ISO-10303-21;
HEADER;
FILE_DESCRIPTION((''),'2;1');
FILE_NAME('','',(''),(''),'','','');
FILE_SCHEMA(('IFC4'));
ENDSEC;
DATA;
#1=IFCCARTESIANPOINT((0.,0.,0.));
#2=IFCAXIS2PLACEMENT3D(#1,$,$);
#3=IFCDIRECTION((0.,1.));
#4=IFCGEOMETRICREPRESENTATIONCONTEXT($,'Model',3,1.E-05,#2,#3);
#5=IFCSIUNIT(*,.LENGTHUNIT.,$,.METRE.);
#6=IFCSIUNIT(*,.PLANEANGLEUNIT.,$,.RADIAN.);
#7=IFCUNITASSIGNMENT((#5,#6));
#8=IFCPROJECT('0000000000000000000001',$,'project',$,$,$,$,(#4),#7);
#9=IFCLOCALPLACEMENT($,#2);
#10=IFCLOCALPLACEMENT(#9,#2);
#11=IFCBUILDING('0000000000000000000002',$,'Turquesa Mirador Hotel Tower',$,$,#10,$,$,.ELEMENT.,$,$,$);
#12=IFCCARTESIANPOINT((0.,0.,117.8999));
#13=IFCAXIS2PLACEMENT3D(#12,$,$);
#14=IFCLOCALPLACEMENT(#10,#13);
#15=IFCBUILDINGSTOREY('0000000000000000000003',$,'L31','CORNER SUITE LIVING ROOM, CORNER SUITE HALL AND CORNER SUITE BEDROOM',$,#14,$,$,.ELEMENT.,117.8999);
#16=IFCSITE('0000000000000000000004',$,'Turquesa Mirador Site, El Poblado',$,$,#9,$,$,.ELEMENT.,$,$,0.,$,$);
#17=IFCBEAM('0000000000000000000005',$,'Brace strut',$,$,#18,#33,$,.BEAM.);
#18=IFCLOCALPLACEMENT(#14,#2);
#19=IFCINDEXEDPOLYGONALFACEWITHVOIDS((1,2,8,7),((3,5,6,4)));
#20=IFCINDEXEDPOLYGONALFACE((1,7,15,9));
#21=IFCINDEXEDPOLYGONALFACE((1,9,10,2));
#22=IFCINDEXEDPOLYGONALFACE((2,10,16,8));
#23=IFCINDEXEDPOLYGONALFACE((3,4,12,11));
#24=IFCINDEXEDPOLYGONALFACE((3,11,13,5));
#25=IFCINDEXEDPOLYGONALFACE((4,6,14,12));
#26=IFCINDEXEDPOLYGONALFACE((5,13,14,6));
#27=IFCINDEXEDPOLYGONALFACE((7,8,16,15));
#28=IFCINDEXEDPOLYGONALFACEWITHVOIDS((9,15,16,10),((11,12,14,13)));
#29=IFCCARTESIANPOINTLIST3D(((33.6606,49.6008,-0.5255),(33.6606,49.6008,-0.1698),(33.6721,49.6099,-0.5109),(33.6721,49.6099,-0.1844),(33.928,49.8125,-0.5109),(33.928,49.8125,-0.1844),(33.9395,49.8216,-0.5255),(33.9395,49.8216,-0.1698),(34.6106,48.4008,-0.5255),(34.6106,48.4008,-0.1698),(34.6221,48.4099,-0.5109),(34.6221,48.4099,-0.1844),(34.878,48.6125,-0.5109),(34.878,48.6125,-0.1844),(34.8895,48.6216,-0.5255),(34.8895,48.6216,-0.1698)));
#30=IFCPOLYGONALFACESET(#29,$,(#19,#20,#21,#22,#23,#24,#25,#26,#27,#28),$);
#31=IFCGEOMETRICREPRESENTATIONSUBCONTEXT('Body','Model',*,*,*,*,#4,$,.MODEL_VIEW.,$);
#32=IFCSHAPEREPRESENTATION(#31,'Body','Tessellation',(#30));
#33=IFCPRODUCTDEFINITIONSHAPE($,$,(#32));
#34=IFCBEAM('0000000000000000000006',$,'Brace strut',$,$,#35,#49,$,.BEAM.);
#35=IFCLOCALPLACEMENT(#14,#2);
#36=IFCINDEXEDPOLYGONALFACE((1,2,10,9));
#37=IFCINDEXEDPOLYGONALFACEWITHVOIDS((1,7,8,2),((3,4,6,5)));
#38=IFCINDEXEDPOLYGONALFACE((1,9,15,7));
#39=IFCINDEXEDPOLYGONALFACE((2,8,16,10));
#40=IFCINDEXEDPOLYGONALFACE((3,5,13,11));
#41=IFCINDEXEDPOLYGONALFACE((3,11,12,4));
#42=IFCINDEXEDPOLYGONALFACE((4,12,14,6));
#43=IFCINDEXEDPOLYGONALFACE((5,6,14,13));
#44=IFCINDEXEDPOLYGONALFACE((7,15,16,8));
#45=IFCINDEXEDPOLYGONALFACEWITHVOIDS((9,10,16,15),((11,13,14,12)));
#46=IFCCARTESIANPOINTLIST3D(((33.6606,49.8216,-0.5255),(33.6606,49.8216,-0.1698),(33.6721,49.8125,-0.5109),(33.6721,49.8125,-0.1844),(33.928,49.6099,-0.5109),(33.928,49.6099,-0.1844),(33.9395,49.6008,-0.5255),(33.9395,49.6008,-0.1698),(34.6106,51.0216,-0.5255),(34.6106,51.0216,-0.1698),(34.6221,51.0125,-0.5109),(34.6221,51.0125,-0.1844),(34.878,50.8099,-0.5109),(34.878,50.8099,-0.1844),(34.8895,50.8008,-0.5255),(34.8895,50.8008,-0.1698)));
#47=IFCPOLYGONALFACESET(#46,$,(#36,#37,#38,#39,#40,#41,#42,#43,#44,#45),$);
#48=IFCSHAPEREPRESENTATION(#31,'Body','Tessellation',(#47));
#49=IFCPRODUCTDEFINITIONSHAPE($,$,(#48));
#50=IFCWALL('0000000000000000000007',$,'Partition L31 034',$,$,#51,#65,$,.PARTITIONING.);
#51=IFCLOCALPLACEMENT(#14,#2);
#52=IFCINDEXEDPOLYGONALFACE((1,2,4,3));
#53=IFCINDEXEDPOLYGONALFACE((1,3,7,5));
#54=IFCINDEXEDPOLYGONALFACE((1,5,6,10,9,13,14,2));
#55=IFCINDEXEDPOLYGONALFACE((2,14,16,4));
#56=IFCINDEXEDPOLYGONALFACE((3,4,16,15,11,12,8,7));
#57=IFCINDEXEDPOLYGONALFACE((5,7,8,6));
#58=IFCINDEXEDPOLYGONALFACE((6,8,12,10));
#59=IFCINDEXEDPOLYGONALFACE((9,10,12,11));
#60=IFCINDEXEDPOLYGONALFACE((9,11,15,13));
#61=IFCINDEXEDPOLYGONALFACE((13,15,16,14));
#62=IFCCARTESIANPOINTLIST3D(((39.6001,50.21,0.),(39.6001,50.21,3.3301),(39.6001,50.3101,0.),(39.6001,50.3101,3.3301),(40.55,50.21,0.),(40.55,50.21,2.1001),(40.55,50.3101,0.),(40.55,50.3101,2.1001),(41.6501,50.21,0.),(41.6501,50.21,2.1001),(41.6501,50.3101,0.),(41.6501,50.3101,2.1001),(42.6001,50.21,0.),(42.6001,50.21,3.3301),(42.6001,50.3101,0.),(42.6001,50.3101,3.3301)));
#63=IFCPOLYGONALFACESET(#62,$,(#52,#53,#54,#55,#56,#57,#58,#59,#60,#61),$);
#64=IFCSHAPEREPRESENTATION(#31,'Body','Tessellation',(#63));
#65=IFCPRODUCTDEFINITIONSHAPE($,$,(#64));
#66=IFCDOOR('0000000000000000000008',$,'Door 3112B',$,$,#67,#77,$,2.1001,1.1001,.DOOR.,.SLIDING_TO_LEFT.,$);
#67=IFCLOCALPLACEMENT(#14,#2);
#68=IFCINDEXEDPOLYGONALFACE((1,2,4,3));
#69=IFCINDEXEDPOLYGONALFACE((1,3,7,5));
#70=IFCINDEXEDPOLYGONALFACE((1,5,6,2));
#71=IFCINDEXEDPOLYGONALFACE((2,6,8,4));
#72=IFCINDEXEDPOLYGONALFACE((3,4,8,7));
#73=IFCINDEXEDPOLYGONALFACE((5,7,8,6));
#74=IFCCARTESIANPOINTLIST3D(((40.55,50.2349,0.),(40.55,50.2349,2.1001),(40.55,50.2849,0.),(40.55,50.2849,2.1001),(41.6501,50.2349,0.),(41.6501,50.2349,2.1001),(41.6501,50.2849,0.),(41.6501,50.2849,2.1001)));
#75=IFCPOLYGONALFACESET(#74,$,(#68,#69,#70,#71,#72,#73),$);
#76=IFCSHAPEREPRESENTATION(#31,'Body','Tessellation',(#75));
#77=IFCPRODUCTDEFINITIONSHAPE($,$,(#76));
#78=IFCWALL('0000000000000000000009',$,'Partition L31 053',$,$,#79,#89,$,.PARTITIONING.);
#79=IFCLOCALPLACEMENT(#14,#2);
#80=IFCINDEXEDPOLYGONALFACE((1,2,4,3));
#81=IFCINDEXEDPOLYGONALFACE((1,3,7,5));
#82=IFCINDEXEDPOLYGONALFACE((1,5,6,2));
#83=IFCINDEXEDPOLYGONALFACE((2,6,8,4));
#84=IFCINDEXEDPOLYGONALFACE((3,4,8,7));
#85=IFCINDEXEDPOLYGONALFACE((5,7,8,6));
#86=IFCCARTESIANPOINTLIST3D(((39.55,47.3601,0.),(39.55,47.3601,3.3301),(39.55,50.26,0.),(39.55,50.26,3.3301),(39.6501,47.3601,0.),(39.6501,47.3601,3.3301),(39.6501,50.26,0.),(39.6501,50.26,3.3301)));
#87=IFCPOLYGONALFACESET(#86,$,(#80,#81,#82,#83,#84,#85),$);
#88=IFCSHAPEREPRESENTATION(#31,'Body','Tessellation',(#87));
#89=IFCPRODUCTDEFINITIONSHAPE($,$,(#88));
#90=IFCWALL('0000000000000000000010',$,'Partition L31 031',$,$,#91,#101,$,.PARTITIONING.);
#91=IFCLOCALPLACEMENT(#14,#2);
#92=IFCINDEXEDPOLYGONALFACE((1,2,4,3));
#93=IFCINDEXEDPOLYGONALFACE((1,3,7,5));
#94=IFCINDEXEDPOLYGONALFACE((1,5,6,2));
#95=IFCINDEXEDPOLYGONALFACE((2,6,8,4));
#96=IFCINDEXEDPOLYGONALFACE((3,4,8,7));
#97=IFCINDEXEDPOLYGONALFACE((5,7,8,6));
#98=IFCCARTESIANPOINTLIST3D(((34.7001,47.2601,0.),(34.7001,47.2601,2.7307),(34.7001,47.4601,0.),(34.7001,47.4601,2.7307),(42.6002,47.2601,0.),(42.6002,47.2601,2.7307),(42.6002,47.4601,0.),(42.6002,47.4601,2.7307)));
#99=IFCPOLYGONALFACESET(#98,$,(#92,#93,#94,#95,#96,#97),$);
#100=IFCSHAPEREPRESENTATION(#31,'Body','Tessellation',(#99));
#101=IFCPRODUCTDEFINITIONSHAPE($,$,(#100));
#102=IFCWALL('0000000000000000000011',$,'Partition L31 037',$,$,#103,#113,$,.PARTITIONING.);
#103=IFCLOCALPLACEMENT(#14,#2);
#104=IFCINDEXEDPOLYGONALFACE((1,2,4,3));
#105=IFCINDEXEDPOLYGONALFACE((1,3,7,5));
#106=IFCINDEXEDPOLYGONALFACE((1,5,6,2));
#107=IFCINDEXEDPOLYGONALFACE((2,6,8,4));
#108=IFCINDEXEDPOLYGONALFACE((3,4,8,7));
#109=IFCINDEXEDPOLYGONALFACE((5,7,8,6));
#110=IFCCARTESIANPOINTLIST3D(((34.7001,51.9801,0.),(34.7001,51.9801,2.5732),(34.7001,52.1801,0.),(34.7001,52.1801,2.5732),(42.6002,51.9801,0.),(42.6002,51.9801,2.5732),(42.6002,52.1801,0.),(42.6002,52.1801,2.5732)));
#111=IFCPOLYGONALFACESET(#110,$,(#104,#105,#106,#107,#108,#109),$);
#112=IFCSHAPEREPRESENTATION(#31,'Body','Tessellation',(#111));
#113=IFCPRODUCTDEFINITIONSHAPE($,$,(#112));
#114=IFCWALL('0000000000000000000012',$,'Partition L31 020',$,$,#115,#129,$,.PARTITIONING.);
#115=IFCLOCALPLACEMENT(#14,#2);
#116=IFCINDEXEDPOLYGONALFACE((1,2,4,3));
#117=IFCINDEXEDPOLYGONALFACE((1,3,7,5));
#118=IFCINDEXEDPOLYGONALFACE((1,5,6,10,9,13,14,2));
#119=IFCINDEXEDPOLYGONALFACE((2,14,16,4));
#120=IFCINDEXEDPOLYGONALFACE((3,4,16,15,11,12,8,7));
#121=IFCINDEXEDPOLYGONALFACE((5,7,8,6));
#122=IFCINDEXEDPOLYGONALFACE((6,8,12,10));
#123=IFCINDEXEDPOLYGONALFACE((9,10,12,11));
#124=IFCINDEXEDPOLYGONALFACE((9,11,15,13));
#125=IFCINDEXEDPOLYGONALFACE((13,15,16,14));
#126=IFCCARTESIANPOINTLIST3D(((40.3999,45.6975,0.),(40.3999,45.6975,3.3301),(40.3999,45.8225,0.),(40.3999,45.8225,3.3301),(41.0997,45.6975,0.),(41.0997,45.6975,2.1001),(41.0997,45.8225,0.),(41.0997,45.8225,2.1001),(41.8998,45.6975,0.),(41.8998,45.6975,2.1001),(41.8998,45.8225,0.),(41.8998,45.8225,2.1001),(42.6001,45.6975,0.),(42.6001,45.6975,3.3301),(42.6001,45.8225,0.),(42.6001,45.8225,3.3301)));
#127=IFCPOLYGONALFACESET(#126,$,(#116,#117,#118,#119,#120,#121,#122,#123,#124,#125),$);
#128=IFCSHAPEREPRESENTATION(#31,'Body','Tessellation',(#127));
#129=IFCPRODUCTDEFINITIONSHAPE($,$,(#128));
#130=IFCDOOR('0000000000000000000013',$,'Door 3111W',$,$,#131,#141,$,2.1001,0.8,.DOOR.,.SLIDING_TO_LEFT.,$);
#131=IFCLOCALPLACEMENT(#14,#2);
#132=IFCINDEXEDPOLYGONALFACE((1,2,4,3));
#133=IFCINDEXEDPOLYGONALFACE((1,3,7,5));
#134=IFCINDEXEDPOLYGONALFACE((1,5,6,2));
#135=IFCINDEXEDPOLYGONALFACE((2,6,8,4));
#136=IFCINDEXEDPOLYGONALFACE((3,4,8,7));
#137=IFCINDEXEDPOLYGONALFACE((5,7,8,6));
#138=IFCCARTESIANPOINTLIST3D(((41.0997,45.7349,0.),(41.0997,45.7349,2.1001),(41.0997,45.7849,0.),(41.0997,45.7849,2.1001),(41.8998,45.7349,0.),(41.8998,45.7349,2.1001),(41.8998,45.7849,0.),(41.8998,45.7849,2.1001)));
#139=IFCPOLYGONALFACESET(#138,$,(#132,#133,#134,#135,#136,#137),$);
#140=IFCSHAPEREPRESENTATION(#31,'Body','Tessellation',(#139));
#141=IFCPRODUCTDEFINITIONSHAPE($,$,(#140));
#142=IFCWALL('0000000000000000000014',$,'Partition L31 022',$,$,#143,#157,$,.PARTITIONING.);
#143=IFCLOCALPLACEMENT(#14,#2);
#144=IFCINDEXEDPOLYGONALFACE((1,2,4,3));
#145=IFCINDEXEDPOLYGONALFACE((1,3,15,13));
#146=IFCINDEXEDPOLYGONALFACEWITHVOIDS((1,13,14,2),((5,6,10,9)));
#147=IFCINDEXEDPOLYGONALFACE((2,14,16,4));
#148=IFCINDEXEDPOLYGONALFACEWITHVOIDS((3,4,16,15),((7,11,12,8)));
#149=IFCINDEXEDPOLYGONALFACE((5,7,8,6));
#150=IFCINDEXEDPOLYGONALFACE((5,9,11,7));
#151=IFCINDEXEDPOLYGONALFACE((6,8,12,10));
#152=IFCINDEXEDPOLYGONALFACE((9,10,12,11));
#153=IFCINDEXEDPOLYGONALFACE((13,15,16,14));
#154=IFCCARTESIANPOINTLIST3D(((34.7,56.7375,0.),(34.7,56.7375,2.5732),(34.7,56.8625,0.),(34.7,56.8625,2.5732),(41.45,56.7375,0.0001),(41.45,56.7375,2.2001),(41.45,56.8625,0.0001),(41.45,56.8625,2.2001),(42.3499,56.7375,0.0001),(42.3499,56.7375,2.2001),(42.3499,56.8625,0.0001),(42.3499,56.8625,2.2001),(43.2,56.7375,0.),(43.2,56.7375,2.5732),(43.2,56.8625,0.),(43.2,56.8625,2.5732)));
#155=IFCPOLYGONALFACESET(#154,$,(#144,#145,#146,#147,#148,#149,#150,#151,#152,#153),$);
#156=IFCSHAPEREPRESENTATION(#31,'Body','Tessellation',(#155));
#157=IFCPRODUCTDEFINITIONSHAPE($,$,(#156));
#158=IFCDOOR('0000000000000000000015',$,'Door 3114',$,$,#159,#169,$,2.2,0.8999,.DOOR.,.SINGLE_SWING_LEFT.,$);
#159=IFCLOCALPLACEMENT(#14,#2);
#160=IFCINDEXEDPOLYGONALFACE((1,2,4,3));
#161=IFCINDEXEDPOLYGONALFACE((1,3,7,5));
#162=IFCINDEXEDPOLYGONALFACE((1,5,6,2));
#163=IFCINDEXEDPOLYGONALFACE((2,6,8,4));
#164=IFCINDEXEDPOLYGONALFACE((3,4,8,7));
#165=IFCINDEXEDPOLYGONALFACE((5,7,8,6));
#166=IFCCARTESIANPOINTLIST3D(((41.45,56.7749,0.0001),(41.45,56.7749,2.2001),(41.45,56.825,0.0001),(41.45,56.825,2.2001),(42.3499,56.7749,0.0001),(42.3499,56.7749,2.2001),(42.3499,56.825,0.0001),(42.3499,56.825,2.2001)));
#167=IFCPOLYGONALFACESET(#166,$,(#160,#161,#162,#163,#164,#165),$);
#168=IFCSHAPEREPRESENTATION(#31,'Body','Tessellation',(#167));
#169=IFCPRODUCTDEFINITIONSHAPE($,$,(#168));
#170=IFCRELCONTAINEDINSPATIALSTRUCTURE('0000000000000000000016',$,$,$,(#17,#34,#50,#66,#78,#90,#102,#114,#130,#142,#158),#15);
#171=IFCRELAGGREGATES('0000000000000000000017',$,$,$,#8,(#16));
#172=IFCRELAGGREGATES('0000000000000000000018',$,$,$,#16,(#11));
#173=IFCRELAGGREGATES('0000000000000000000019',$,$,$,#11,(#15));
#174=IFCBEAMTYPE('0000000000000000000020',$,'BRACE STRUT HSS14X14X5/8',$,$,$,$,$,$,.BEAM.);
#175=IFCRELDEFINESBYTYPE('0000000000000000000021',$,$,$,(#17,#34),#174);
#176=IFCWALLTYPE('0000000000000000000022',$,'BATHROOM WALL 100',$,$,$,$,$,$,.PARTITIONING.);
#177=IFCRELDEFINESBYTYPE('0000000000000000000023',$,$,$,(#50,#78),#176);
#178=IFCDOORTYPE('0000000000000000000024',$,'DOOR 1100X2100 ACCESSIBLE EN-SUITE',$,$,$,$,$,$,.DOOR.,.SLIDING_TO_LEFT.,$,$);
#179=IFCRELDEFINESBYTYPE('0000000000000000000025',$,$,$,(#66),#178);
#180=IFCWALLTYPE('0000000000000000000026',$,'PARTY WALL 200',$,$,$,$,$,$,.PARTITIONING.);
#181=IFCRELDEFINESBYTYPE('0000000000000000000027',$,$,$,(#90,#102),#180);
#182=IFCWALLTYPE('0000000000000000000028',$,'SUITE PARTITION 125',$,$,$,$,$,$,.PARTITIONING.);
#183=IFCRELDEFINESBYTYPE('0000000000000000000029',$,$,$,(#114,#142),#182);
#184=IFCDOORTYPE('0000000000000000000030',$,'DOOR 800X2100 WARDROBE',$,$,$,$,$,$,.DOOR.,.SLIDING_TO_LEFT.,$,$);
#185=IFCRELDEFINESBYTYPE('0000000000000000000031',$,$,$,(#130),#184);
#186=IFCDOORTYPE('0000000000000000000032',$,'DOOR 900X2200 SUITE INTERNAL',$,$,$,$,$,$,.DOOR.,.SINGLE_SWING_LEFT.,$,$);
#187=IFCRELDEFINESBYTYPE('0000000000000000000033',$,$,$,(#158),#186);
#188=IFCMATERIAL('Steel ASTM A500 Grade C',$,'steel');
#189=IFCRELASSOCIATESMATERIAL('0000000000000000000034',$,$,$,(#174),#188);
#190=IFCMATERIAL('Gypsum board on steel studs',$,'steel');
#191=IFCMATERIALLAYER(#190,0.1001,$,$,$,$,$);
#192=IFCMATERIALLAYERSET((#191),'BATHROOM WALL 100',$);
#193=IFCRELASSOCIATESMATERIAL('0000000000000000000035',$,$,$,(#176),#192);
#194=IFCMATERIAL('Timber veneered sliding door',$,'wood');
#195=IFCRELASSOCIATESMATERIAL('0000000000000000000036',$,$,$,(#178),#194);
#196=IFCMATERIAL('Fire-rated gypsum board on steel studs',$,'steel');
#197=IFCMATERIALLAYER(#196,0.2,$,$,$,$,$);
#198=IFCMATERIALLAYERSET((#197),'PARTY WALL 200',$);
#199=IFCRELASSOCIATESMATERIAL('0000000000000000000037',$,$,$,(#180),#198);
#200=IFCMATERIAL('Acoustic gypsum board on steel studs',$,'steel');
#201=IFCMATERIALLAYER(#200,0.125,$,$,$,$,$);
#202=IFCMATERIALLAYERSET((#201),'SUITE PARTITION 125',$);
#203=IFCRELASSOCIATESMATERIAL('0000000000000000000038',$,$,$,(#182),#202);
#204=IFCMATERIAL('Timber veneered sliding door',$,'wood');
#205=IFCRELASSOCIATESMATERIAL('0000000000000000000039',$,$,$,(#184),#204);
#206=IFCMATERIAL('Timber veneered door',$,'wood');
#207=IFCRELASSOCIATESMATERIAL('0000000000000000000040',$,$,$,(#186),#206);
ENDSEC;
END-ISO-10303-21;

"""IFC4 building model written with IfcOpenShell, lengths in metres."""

from ifc_helpers import new_model, si_unit, direction, frame, frame_2d, origin, origin_2d, place, context, subcontext, project, spatial, rectangle, hollow_rectangle, extrude, material, layer, layer_set, material_profile, profile_set, type_object, element, fill, save


model = new_model("IFC4")

# Units and contexts
model_context = context("Model", 3, precision=1e-05, world=origin(), true_north=direction((0.0, 1.0)))
body_context = subcontext(model_context, "Body", "Model", "MODEL_VIEW")
ifc_project = project(units=[si_unit("LENGTHUNIT", "METRE"), si_unit("PLANEANGLEUNIT", "RADIAN")], contexts=[model_context])

# Site, building, storey
site_placement = place(None, origin())
site = spatial("IfcSite", under=ifc_project, at=site_placement, Name="Turquesa Mirador Site, El Poblado", CompositionType="ELEMENT", RefElevation=0.0)
building_placement = place(site_placement, origin())
building = spatial("IfcBuilding", under=site, at=building_placement, Name="Turquesa Mirador Hotel Tower", CompositionType="ELEMENT")
storey_placement = place(building_placement, frame((0.0, 0.0, 117.8999)))
storey = spatial("IfcBuildingStorey", under=building, at=storey_placement, Name="L31", Description="CORNER SUITE LIVING ROOM, CORNER SUITE HALL AND CORNER SUITE BEDROOM", CompositionType="ELEMENT", Elevation=117.8999)

# Beams
ifc_material_1 = material(Name="Steel ASTM A500 Grade C", Category="steel")
ifc_material_profile_1 = material_profile(ifc_material_1, hollow_rectangle(XDim=0.3557, YDim=0.3557, WallThickness=0.0146, at=origin_2d()), Name="HSS14X14X5/8")
ifc_profile_set_1 = profile_set([ifc_material_profile_1], Name="Steel ASTM A500 Grade C")
beam_type_1 = type_object("IfcBeamType", Name="BRACE STRUT HSS14X14X5/8", PredefinedType="BEAM", material=ifc_profile_set_1)
for number, where, z_axis, x_axis, name in (
    (1, (33.8, 49.7112, -0.3477), (0.620699, -0.784049, 0.0), (0.784049, 0.620699, 0.0), "Brace strut"),
    (2, (33.8, 49.7112, -0.3477), (0.620699, 0.784049, 0.0), (-0.784049, 0.620699, 0.0), "Brace strut"),
):
    element("IfcBeam", number, at=place(storey_placement, frame(where, z_axis=z_axis, x_axis=x_axis)), inside=storey, type_object=beam_type_1, Name=name, PredefinedType="BEAM", context=body_context, shape_type="SweptSolid", body=[
        extrude(hollow_rectangle(XDim=0.3557, YDim=0.3557, WallThickness=0.0146, at=origin_2d()), origin(), (0.0, 0.0, 1.0), 1.5305),
    ])

# Wall, opening, door
ifc_material_2 = material(Name="Gypsum board on steel studs", Category="steel")
ifc_layer_1 = layer(ifc_material_2, 0.1001)
ifc_layer_set_1 = layer_set([ifc_layer_1], Name="BATHROOM WALL 100")
wall_type_1 = type_object("IfcWallType", Name="BATHROOM WALL 100", PredefinedType="PARTITIONING", material=ifc_layer_set_1)
wall_1_placement = place(storey_placement, frame((39.6001, 50.26, 0.0), z_axis=(0.0, 0.0, 1.0), x_axis=(1.0, 0.0, 0.0)))
wall_1 = element("IfcWall", 3, at=wall_1_placement, inside=storey, type_object=wall_type_1, Name="Partition L31 034", PredefinedType="PARTITIONING", context=body_context, shape_type="SweptSolid", body=[
    extrude(rectangle(XDim=3.0, YDim=0.1001, at=frame_2d((1.5, 0.0))), origin(), (0.0, 0.0, 1.0), 3.3301),
])
opening_1_placement = place(wall_1_placement, frame((0.95, 0.0, 0.0)))
opening_1 = element("IfcOpeningElement", 4, at=opening_1_placement, cuts=wall_1, PredefinedType="OPENING", context=body_context, shape_type="SweptSolid", body=[
    extrude(rectangle(XDim=1.1001, YDim=2.1001, at=frame_2d((0.55, 1.05))), frame((0.0, 0.0601, 0.0), z_axis=(0.0, -1.0, 0.0), x_axis=(1.0, 0.0, 0.0)), (0.0, 0.0, 1.0), 0.1201),
])
ifc_material_3 = material(Name="Timber veneered sliding door", Category="wood")
door_type_1 = type_object("IfcDoorType", Name="DOOR 1100X2100 ACCESSIBLE EN-SUITE", OperationType="SLIDING_TO_LEFT", PredefinedType="DOOR", material=ifc_material_3)
door_1_placement = place(opening_1_placement, origin())
door_1 = element("IfcDoor", 5, at=door_1_placement, inside=storey, type_object=door_type_1, Name="Door 3112B", OperationType="SLIDING_TO_LEFT", OverallHeight=2.1001, OverallWidth=1.1001, PredefinedType="DOOR", context=body_context, shape_type="SweptSolid", body=[
    extrude(rectangle(XDim=1.1001, YDim=2.1001, at=frame_2d((0.55, 1.05))), frame((0.0, 0.0249, 0.0), z_axis=(0.0, -1.0, 0.0), x_axis=(1.0, 0.0, 0.0)), (0.0, 0.0, 1.0), 0.05),
])
fill(opening_1, door_1)

# Walls
wall_2_placement = place(storey_placement, frame((39.6001, 47.3601, 0.0), z_axis=(0.0, 0.0, 1.0), x_axis=(0.0, 1.0, 0.0)))
element("IfcWall", 6, at=wall_2_placement, inside=storey, type_object=wall_type_1, Name="Partition L31 053", PredefinedType="PARTITIONING", context=body_context, shape_type="SweptSolid", body=[
    extrude(rectangle(XDim=2.8999, YDim=0.1001, at=frame_2d((1.45, 0.0))), origin(), (0.0, 0.0, 1.0), 3.3301),
])
ifc_material_4 = material(Name="Fire-rated gypsum board on steel studs", Category="steel")
ifc_layer_2 = layer(ifc_material_4, 0.2)
ifc_layer_set_2 = layer_set([ifc_layer_2], Name="PARTY WALL 200")
wall_type_2 = type_object("IfcWallType", Name="PARTY WALL 200", PredefinedType="PARTITIONING", material=ifc_layer_set_2)
wall_3_placement = place(storey_placement, frame((34.7, 47.3601, 0.0), z_axis=(0.0, 0.0, 1.0), x_axis=(1.0, 0.0, 0.0)))
element("IfcWall", 7, at=wall_3_placement, inside=storey, type_object=wall_type_2, Name="Partition L31 031", PredefinedType="PARTITIONING", context=body_context, shape_type="SweptSolid", body=[
    extrude(rectangle(XDim=7.9001, YDim=0.2, at=frame_2d((3.9502, 0.0))), origin(), (0.0, 0.0, 1.0), 2.7307),
])
wall_4_placement = place(storey_placement, frame((34.7, 52.0801, 0.0), z_axis=(0.0, 0.0, 1.0), x_axis=(1.0, 0.0, 0.0)))
element("IfcWall", 8, at=wall_4_placement, inside=storey, type_object=wall_type_2, Name="Partition L31 037", PredefinedType="PARTITIONING", context=body_context, shape_type="SweptSolid", body=[
    extrude(rectangle(XDim=7.9001, YDim=0.2, at=frame_2d((3.9502, 0.0))), origin(), (0.0, 0.0, 1.0), 2.5732),
])

# Walls, openings, doors
ifc_material_5 = material(Name="Acoustic gypsum board on steel studs", Category="steel")
ifc_layer_3 = layer(ifc_material_5, 0.125)
ifc_layer_set_3 = layer_set([ifc_layer_3], Name="SUITE PARTITION 125")
wall_type_3 = type_object("IfcWallType", Name="SUITE PARTITION 125", PredefinedType="PARTITIONING", material=ifc_layer_set_3)
wall_5_placement = place(storey_placement, frame((40.3999, 45.76, 0.0), z_axis=(0.0, 0.0, 1.0), x_axis=(1.0, 0.0, 0.0)))
wall_5 = element("IfcWall", 9, at=wall_5_placement, inside=storey, type_object=wall_type_3, Name="Partition L31 020", PredefinedType="PARTITIONING", context=body_context, shape_type="SweptSolid", body=[
    extrude(rectangle(XDim=2.2002, YDim=0.125, at=frame_2d((1.1001, 0.0))), origin(), (0.0, 0.0, 1.0), 3.3301),
])
opening_2_placement = place(wall_5_placement, frame((0.7, 0.0, 0.0)))
opening_2 = element("IfcOpeningElement", 10, at=opening_2_placement, cuts=wall_5, PredefinedType="OPENING", context=body_context, shape_type="SweptSolid", body=[
    extrude(rectangle(XDim=0.8, YDim=2.1001, at=frame_2d((0.3999, 1.05))), frame((0.0, 0.0725, 0.0), z_axis=(0.0, -1.0, 0.0), x_axis=(1.0, 0.0, 0.0)), (0.0, 0.0, 1.0), 0.145),
])
ifc_material_6 = material(Name="Timber veneered sliding door", Category="wood")
door_type_2 = type_object("IfcDoorType", Name="DOOR 800X2100 WARDROBE", OperationType="SLIDING_TO_LEFT", PredefinedType="DOOR", material=ifc_material_6)
door_2_placement = place(opening_2_placement, origin())
door_2 = element("IfcDoor", 11, at=door_2_placement, inside=storey, type_object=door_type_2, Name="Door 3111W", OperationType="SLIDING_TO_LEFT", OverallHeight=2.1001, OverallWidth=0.8, PredefinedType="DOOR", context=body_context, shape_type="SweptSolid", body=[
    extrude(rectangle(XDim=0.8, YDim=2.1001, at=frame_2d((0.3999, 1.05))), frame((0.0, 0.0249, 0.0), z_axis=(0.0, -1.0, 0.0), x_axis=(1.0, 0.0, 0.0)), (0.0, 0.0, 1.0), 0.05),
])
fill(opening_2, door_2)
wall_6_placement = place(storey_placement, frame((34.7, 56.8, 0.0), z_axis=(0.0, 0.0, 1.0), x_axis=(1.0, 0.0, 0.0)))
wall_6 = element("IfcWall", 12, at=wall_6_placement, inside=storey, type_object=wall_type_3, Name="Partition L31 022", PredefinedType="PARTITIONING", context=body_context, shape_type="SweptSolid", body=[
    extrude(rectangle(XDim=8.5, YDim=0.125, at=frame_2d((4.25, 0.0))), origin(), (0.0, 0.0, 1.0), 2.5732),
])
opening_3_placement = place(wall_6_placement, frame((6.75, 0.0, 0.0)))
opening_3 = element("IfcOpeningElement", 13, at=opening_3_placement, cuts=wall_6, PredefinedType="OPENING", context=body_context, shape_type="SweptSolid", body=[
    extrude(rectangle(XDim=0.8999, YDim=2.2, at=frame_2d((0.45, 1.1001))), frame((0.0, 0.0725, 0.0), z_axis=(0.0, -1.0, 0.0), x_axis=(1.0, 0.0, 0.0)), (0.0, 0.0, 1.0), 0.145),
])
ifc_material_7 = material(Name="Timber veneered door", Category="wood")
door_type_3 = type_object("IfcDoorType", Name="DOOR 900X2200 SUITE INTERNAL", OperationType="SINGLE_SWING_LEFT", PredefinedType="DOOR", material=ifc_material_7)
door_3_placement = place(opening_3_placement, origin())
door_3 = element("IfcDoor", 14, at=door_3_placement, inside=storey, type_object=door_type_3, Name="Door 3114", OperationType="SINGLE_SWING_LEFT", OverallHeight=2.2, OverallWidth=0.8999, PredefinedType="DOOR", context=body_context, shape_type="SweptSolid", body=[
    extrude(rectangle(XDim=0.8999, YDim=2.2, at=frame_2d((0.45, 1.1001))), frame((0.0, 0.0249, 0.0), z_axis=(0.0, -1.0, 0.0), x_axis=(1.0, 0.0, 0.0)), (0.0, 0.0, 1.0), 0.05),
])
fill(opening_3, door_3)

save(model, "model.ifc")
